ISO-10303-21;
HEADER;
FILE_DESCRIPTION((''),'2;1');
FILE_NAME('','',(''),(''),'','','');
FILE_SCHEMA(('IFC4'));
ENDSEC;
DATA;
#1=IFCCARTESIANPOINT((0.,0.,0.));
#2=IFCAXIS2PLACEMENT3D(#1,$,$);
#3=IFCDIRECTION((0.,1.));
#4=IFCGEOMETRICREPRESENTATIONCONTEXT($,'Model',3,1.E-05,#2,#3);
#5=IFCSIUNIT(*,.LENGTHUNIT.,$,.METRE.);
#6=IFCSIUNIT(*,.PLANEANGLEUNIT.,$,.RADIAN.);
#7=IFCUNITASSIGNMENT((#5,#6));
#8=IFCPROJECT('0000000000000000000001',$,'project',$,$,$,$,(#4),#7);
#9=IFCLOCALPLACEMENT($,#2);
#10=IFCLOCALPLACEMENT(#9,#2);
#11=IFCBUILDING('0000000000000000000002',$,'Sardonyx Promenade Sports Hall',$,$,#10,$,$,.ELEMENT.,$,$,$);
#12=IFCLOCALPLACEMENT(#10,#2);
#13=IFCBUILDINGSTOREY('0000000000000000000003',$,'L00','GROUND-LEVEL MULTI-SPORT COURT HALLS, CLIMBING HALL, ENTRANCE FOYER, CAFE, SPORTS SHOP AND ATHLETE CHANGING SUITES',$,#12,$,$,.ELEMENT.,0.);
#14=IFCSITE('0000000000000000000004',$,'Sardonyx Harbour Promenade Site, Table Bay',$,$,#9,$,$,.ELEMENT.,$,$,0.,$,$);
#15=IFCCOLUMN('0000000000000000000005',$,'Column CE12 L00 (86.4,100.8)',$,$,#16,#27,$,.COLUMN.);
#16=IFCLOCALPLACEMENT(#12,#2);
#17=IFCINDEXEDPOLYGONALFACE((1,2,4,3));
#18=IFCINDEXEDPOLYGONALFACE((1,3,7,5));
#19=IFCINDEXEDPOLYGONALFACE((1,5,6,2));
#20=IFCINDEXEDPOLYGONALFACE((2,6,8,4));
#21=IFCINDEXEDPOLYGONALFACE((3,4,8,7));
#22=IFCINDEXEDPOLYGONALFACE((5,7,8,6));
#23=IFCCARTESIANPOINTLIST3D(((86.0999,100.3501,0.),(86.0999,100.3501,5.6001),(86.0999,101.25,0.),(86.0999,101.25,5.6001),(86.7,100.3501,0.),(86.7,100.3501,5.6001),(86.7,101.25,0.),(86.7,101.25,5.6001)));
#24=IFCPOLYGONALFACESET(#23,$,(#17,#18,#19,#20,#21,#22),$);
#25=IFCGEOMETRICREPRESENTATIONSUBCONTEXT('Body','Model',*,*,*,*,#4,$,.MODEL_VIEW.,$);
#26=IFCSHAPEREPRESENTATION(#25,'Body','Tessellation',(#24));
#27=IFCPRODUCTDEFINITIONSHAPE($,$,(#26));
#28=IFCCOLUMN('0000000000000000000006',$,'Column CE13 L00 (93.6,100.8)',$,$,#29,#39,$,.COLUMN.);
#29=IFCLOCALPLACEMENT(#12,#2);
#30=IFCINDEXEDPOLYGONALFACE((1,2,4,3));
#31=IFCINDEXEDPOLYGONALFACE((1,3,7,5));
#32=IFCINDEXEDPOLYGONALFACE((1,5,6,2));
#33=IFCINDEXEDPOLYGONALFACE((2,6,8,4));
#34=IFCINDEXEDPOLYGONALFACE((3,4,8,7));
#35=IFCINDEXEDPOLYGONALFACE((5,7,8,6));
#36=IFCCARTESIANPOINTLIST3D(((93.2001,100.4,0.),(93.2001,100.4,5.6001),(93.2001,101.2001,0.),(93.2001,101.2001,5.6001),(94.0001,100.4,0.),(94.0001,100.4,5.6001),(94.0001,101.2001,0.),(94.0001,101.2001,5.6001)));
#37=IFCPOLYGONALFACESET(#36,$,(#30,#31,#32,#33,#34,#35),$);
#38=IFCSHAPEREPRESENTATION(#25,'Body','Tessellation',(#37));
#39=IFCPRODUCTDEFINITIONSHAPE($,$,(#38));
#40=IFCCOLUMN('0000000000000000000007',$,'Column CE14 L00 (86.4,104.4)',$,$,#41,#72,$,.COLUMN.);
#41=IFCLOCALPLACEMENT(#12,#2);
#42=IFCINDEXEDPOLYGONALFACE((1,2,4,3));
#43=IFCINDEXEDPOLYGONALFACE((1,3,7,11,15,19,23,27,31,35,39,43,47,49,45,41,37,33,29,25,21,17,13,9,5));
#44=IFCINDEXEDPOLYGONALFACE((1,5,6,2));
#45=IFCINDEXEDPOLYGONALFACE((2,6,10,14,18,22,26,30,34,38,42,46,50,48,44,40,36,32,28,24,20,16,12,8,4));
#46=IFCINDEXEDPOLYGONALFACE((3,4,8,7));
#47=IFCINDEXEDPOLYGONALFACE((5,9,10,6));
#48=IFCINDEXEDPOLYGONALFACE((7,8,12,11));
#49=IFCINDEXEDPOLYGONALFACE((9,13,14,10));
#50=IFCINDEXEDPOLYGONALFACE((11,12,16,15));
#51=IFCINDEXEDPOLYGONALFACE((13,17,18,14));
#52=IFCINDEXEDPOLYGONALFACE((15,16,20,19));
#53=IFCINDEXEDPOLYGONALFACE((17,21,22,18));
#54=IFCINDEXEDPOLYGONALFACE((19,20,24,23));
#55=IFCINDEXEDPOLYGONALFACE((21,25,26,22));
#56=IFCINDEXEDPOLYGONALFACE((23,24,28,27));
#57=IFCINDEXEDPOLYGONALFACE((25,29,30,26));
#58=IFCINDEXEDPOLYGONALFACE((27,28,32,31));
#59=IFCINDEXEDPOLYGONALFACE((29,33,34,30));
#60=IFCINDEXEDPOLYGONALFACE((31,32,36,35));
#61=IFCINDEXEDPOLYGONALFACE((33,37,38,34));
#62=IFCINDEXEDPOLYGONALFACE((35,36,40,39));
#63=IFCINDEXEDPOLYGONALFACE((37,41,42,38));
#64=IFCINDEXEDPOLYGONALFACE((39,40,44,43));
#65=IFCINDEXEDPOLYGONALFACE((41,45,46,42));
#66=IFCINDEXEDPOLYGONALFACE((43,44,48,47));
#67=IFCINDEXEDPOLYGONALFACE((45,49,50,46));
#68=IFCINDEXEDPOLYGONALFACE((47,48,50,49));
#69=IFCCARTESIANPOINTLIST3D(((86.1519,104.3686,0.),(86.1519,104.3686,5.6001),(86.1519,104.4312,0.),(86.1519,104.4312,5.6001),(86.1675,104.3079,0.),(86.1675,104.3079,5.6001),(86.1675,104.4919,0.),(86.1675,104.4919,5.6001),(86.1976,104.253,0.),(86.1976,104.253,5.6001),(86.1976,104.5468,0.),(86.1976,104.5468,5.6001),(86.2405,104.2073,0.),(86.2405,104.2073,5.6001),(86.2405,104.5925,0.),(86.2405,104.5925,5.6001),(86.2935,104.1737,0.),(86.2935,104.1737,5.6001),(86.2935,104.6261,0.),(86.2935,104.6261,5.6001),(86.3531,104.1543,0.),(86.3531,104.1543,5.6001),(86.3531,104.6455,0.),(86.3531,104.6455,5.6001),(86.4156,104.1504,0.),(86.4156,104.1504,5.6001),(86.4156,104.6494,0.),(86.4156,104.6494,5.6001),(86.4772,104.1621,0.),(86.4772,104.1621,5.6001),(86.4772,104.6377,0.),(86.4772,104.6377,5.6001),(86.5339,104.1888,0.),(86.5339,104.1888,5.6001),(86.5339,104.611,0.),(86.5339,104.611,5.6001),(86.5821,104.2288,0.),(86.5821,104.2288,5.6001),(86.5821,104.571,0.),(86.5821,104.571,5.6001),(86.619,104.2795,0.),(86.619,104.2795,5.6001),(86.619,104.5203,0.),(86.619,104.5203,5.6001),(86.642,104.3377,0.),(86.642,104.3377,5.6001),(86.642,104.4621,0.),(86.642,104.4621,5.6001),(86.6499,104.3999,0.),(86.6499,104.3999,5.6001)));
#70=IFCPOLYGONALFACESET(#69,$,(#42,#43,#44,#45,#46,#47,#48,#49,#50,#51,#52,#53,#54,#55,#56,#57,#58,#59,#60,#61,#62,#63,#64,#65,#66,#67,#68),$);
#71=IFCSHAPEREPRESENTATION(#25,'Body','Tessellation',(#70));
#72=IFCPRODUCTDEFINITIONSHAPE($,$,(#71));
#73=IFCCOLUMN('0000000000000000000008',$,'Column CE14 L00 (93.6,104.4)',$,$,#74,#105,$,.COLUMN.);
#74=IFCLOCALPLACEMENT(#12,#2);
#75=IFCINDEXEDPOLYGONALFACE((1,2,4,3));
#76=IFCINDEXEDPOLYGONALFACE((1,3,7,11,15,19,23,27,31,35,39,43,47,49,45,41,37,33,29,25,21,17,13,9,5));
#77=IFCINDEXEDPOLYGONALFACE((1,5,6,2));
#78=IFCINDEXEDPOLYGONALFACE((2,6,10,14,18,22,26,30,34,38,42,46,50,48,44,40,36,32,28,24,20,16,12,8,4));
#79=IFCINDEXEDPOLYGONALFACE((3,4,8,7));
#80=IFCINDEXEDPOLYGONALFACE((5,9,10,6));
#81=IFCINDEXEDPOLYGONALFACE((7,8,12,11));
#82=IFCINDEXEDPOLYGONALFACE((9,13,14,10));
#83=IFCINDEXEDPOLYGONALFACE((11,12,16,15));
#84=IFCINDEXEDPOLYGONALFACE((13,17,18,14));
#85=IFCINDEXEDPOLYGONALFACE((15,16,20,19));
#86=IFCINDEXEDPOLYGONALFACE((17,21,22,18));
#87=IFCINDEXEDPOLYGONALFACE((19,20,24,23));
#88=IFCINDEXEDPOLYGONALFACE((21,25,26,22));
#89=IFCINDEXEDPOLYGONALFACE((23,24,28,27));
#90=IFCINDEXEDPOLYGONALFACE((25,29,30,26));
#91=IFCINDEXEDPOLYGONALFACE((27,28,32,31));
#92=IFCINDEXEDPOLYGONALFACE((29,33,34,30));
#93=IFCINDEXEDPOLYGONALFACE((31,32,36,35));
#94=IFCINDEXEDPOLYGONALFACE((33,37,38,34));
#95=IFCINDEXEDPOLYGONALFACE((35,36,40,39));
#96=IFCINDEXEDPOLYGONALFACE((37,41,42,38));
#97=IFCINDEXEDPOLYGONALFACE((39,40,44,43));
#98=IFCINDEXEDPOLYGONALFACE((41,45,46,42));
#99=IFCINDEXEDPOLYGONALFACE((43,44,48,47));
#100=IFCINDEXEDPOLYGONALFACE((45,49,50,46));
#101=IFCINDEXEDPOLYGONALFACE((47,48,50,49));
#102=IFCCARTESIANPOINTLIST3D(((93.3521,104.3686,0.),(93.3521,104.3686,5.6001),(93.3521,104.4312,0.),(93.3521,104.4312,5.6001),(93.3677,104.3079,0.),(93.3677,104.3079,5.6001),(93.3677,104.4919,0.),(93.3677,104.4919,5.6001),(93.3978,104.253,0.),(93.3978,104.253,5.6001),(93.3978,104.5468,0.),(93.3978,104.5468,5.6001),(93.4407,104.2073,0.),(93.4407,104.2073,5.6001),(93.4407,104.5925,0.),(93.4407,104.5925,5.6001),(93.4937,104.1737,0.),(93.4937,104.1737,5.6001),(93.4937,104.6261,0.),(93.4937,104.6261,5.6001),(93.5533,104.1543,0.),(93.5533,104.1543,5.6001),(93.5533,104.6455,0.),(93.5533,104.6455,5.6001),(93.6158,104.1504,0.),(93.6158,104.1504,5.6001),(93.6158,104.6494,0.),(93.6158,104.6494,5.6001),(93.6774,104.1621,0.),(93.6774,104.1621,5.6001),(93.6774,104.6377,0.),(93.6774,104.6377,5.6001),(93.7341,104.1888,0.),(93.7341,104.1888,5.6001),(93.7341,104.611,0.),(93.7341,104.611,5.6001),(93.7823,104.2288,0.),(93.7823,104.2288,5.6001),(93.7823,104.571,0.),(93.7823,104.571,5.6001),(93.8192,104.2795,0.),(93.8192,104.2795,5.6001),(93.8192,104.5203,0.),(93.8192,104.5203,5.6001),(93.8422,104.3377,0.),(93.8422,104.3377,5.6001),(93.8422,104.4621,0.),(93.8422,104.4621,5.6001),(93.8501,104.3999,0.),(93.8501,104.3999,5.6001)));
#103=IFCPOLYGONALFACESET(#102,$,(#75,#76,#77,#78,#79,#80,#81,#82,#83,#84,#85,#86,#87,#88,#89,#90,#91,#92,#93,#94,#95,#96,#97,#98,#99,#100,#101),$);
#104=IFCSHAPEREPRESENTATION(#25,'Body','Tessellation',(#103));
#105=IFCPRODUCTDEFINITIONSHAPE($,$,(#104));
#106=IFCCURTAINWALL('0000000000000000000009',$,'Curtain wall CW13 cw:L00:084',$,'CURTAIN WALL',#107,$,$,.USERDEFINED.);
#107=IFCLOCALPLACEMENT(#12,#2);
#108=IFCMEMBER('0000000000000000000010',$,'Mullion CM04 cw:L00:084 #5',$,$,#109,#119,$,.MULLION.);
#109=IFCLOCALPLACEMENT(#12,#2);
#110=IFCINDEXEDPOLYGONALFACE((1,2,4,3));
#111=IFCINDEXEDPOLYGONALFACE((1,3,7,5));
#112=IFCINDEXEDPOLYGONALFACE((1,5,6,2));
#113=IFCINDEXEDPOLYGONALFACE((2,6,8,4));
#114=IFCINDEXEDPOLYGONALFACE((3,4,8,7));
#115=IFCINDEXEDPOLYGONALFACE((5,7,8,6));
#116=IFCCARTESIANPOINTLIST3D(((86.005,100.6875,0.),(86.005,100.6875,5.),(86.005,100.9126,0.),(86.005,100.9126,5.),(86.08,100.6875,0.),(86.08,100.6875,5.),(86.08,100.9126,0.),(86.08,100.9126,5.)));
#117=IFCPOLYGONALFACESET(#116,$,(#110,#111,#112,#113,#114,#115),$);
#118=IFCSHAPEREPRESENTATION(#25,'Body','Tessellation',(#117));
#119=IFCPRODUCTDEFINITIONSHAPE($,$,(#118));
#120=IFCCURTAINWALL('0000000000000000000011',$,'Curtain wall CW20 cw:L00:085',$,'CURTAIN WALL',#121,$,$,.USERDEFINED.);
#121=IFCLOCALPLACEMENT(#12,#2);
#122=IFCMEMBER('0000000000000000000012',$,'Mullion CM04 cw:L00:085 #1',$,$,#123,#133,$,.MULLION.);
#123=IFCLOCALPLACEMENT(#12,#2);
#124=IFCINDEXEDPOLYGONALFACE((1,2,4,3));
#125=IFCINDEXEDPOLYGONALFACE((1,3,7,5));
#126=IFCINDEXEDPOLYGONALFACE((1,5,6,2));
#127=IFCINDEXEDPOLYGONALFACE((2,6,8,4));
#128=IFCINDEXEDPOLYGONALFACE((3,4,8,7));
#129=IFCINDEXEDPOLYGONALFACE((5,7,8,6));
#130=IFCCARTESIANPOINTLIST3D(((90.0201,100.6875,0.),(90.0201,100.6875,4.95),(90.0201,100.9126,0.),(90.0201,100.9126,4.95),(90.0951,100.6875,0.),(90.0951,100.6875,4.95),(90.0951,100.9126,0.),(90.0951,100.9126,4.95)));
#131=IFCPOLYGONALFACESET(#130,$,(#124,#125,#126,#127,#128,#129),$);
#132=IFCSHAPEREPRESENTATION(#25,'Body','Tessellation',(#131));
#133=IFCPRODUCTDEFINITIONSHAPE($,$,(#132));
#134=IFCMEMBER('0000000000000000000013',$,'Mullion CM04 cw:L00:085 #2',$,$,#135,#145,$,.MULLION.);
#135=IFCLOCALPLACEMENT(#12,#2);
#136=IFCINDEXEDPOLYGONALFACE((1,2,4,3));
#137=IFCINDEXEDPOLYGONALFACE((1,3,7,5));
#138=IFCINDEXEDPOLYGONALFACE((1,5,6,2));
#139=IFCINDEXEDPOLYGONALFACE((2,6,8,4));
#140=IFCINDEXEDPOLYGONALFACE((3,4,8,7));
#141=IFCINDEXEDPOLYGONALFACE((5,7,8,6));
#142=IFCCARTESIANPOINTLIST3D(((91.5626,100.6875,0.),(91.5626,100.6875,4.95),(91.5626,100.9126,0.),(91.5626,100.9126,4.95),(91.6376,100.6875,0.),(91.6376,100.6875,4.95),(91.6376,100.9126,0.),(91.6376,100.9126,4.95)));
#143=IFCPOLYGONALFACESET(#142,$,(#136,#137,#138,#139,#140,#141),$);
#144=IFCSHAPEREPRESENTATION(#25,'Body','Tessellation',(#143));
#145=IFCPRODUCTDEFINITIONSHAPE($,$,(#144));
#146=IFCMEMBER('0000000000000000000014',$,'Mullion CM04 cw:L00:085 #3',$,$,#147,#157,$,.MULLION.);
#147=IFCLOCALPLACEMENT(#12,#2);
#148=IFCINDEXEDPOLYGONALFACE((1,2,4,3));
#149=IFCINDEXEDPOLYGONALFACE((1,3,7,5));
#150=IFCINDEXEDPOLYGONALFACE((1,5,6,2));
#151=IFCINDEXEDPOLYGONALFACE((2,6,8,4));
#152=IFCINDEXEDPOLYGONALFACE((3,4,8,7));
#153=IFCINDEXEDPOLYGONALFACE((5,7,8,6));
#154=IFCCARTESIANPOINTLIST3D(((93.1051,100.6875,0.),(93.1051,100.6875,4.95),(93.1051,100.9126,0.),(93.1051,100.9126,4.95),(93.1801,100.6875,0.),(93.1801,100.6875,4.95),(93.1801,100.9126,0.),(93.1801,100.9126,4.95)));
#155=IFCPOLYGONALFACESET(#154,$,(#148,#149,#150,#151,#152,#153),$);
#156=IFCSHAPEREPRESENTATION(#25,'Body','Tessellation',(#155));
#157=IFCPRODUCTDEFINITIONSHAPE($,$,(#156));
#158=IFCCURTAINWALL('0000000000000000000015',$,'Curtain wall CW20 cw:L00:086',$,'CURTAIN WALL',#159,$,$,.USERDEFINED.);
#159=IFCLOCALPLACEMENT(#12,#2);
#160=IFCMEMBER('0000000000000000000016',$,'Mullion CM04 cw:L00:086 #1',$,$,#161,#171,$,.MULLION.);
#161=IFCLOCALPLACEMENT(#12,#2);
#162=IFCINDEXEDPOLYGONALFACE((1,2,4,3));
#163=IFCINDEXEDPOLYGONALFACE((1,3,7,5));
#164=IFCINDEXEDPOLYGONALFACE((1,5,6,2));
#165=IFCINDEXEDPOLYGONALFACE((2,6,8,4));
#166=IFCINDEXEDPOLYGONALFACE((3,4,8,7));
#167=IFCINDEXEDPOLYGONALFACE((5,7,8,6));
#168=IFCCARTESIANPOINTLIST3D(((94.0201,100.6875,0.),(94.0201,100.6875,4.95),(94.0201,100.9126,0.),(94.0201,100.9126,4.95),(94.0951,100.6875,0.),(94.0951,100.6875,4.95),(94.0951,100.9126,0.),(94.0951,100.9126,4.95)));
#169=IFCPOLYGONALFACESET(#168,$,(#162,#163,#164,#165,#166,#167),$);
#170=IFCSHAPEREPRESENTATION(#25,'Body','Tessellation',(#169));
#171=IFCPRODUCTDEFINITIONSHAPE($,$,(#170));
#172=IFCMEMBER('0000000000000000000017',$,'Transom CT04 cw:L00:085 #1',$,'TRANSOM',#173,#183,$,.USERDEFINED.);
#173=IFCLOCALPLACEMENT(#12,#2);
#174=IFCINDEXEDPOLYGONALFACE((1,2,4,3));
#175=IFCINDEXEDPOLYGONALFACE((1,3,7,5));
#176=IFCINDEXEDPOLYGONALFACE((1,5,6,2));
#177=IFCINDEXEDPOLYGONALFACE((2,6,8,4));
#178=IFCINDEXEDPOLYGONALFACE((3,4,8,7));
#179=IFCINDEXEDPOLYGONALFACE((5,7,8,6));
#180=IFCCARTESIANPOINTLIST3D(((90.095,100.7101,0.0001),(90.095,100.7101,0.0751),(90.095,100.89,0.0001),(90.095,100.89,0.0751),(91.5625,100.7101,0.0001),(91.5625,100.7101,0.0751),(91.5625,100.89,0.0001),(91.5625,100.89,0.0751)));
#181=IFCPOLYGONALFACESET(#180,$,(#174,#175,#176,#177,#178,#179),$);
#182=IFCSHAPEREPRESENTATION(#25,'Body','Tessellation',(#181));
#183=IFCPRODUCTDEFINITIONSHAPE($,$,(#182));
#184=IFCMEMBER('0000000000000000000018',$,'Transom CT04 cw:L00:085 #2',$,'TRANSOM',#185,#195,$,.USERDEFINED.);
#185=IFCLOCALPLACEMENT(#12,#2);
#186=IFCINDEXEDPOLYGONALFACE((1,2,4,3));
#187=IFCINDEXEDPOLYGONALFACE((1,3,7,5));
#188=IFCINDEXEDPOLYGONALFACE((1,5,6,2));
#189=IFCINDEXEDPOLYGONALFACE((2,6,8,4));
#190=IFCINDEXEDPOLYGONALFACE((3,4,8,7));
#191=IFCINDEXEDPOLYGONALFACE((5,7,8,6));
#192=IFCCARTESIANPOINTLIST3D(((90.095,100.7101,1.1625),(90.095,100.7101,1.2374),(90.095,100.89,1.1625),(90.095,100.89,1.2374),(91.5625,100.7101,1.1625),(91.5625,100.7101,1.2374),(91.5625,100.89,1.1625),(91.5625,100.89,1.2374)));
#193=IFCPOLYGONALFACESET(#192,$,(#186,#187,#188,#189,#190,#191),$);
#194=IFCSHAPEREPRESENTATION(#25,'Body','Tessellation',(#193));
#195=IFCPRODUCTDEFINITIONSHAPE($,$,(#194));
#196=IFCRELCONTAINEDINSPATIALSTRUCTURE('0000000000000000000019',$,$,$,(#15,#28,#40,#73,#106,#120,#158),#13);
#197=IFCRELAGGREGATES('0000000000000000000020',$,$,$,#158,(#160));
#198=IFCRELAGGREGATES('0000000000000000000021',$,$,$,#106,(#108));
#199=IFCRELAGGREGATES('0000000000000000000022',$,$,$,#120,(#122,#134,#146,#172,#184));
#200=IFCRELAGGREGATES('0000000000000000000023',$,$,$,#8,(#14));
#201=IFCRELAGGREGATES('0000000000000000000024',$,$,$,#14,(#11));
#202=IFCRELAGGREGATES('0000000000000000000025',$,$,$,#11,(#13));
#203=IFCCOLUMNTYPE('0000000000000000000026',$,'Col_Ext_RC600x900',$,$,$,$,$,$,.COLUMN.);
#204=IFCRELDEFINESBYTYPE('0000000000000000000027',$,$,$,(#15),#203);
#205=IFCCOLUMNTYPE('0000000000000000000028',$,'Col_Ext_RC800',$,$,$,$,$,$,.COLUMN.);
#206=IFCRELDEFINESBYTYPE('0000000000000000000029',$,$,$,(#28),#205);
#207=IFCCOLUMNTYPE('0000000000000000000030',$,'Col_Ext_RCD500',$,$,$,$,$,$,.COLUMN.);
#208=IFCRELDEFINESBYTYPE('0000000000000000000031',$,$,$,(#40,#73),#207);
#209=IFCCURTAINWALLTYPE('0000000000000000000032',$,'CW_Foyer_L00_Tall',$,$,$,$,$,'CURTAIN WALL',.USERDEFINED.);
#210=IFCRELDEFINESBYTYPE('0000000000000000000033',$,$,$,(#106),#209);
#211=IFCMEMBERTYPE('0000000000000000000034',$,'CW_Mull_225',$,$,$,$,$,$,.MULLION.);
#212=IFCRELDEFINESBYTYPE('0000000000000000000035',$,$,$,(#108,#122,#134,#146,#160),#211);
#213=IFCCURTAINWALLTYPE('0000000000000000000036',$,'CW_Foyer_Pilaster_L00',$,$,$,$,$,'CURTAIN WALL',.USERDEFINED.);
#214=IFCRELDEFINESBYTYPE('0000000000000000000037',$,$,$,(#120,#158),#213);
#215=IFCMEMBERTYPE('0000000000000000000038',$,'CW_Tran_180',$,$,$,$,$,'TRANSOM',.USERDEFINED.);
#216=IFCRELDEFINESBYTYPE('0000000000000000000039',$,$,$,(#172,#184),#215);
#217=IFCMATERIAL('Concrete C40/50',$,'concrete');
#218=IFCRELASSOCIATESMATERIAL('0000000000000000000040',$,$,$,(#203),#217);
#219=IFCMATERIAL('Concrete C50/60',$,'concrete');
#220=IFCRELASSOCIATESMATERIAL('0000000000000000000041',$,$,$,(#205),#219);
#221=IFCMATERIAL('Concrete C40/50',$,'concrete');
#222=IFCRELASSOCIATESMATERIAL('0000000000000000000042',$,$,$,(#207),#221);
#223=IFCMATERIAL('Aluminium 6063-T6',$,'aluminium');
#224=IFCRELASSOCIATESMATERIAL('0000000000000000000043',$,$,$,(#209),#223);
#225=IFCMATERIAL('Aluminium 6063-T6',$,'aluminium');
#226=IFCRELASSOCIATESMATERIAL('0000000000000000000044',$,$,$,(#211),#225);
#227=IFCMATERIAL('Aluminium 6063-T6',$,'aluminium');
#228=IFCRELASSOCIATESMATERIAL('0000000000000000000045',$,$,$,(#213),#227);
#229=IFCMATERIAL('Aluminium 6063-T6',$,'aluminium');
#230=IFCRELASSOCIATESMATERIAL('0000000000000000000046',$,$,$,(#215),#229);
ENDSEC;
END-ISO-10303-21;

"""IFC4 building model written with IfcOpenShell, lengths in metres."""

from ifc_helpers import new_model, si_unit, direction, frame, origin, origin_2d, place, context, subcontext, project, spatial, rectangle, circle, extrude, material, material_profile, profile_set, type_object, element, aggregate, save


model = new_model("IFC4")

# Units and contexts
model_context = context("Model", 3, precision=1e-05, world=origin(), true_north=direction((0.0, 1.0)))
body_context = subcontext(model_context, "Body", "Model", "MODEL_VIEW")
ifc_project = project(units=[si_unit("LENGTHUNIT", "METRE"), si_unit("PLANEANGLEUNIT", "RADIAN")], contexts=[model_context])

# Site, building, storey
site_placement = place(None, origin())
site = spatial("IfcSite", under=ifc_project, at=site_placement, Name="Sardonyx Harbour Promenade Site, Table Bay", CompositionType="ELEMENT", RefElevation=0.0)
building_placement = place(site_placement, origin())
building = spatial("IfcBuilding", under=site, at=building_placement, Name="Sardonyx Promenade Sports Hall", CompositionType="ELEMENT")
storey_placement = place(building_placement, origin())
storey = spatial("IfcBuildingStorey", under=building, at=storey_placement, Name="L00", Description="GROUND-LEVEL MULTI-SPORT COURT HALLS, CLIMBING HALL, ENTRANCE FOYER, CAFE, SPORTS SHOP AND ATHLETE CHANGING SUITES", CompositionType="ELEMENT", Elevation=0.0)

# Columns
ifc_material_1 = material(Name="Concrete C40/50", Category="concrete")
ifc_material_profile_1 = material_profile(ifc_material_1, rectangle(XDim=0.6001, YDim=0.8999, at=origin_2d()))
ifc_profile_set_1 = profile_set([ifc_material_profile_1], Name="Concrete C40/50")
column_type_1 = type_object("IfcColumnType", Name="Col_Ext_RC600x900", PredefinedType="COLUMN", material=ifc_profile_set_1)
column_1_placement = place(storey_placement, frame((86.3999, 100.8, 0.0), z_axis=(0.0, 0.0, 1.0), x_axis=(1.0, 0.0, 0.0)))
element("IfcColumn", 1, at=column_1_placement, inside=storey, type_object=column_type_1, Name="Column CE12 L00 (86.4,100.8)", PredefinedType="COLUMN", context=body_context, shape_type="SweptSolid", body=[
    extrude(rectangle(XDim=0.6001, YDim=0.8999, at=origin_2d()), origin(), (0.0, 0.0, 1.0), 5.6001),
])
ifc_material_2 = material(Name="Concrete C50/60", Category="concrete")
ifc_material_profile_2 = material_profile(ifc_material_2, rectangle(XDim=0.8, YDim=0.8, at=origin_2d()))
ifc_profile_set_2 = profile_set([ifc_material_profile_2], Name="Concrete C50/60")
column_type_2 = type_object("IfcColumnType", Name="Col_Ext_RC800", PredefinedType="COLUMN", material=ifc_profile_set_2)
column_2_placement = place(storey_placement, frame((93.6001, 100.8, 0.0), z_axis=(0.0, 0.0, 1.0), x_axis=(1.0, 0.0, 0.0)))
element("IfcColumn", 2, at=column_2_placement, inside=storey, type_object=column_type_2, Name="Column CE13 L00 (93.6,100.8)", PredefinedType="COLUMN", context=body_context, shape_type="SweptSolid", body=[
    extrude(rectangle(XDim=0.8, YDim=0.8, at=origin_2d()), origin(), (0.0, 0.0, 1.0), 5.6001),
])
ifc_material_3 = material(Name="Concrete C40/50", Category="concrete")
ifc_material_profile_3 = material_profile(ifc_material_3, circle(Radius=0.25, at=origin_2d()))
ifc_profile_set_3 = profile_set([ifc_material_profile_3], Name="Concrete C40/50")
column_type_3 = type_object("IfcColumnType", Name="Col_Ext_RCD500", PredefinedType="COLUMN", material=ifc_profile_set_3)
for number, where, z_axis, x_axis, name in (
    (3, (86.3999, 104.3999, 0.0), (0.0, 0.0, 1.0), (1.0, 0.0, 0.0), "Column CE14 L00 (86.4,104.4)"),
    (4, (93.6001, 104.3999, 0.0), (0.0, 0.0, 1.0), (1.0, 0.0, 0.0), "Column CE14 L00 (93.6,104.4)"),
):
    element("IfcColumn", number, at=place(storey_placement, frame(where, z_axis=z_axis, x_axis=x_axis)), inside=storey, type_object=column_type_3, Name=name, PredefinedType="COLUMN", context=body_context, shape_type="SweptSolid", body=[
        extrude(circle(Radius=0.25, at=origin_2d()), origin(), (0.0, 0.0, 1.0), 5.6001),
    ])

# Curtain wall, member
ifc_material_4 = material(Name="Aluminium 6063-T6", Category="aluminium")
curtain_wall_type_1 = type_object("IfcCurtainWallType", Name="CW_Foyer_L00_Tall", ElementType="CURTAIN WALL", PredefinedType="USERDEFINED", material=ifc_material_4)
curtain_wall_1_placement = place(storey_placement, origin())
curtain_wall_1 = element("IfcCurtainWall", 5, at=curtain_wall_1_placement, inside=storey, type_object=curtain_wall_type_1, Name="Curtain wall CW13 cw:L00:084", ObjectType="CURTAIN WALL", PredefinedType="USERDEFINED")
ifc_material_5 = material(Name="Aluminium 6063-T6", Category="aluminium")
ifc_material_profile_4 = material_profile(ifc_material_5, rectangle(XDim=0.075, YDim=0.2251, at=origin_2d()))
ifc_profile_set_4 = profile_set([ifc_material_profile_4], Name="Aluminium 6063-T6")
member_type_1 = type_object("IfcMemberType", Name="CW_Mull_225", PredefinedType="MULLION", material=ifc_profile_set_4)
member_1_placement = place(storey_placement, frame((86.0425, 100.8, 0.0), z_axis=(0.0, 0.0, 1.0), x_axis=(1.0, 0.0, 0.0)))
member_1 = element("IfcMember", 6, at=member_1_placement, type_object=member_type_1, Name="Mullion CM04 cw:L00:084 #5", PredefinedType="MULLION", context=body_context, shape_type="SweptSolid", body=[
    extrude(rectangle(XDim=0.075, YDim=0.2251, at=origin_2d()), origin(), (0.0, 0.0, 1.0), 5.0),
])

# Curtain wall, members
ifc_material_6 = material(Name="Aluminium 6063-T6", Category="aluminium")
curtain_wall_type_2 = type_object("IfcCurtainWallType", Name="CW_Foyer_Pilaster_L00", ElementType="CURTAIN WALL", PredefinedType="USERDEFINED", material=ifc_material_6)
curtain_wall_2_placement = place(storey_placement, origin())
curtain_wall_2 = element("IfcCurtainWall", 7, at=curtain_wall_2_placement, inside=storey, type_object=curtain_wall_type_2, Name="Curtain wall CW20 cw:L00:085", ObjectType="CURTAIN WALL", PredefinedType="USERDEFINED")
member_2_placement = place(storey_placement, frame((90.0576, 100.8, 0.0), z_axis=(0.0, 0.0, 1.0), x_axis=(1.0, 0.0, 0.0)))
member_2 = element("IfcMember", 8, at=member_2_placement, type_object=member_type_1, Name="Mullion CM04 cw:L00:085 #1", PredefinedType="MULLION", context=body_context, shape_type="SweptSolid", body=[
    extrude(rectangle(XDim=0.075, YDim=0.2251, at=origin_2d()), origin(), (0.0, 0.0, 1.0), 4.95),
])
member_3_placement = place(storey_placement, frame((91.6001, 100.8, 0.0), z_axis=(0.0, 0.0, 1.0), x_axis=(1.0, 0.0, 0.0)))
member_3 = element("IfcMember", 9, at=member_3_placement, type_object=member_type_1, Name="Mullion CM04 cw:L00:085 #2", PredefinedType="MULLION", context=body_context, shape_type="SweptSolid", body=[
    extrude(rectangle(XDim=0.075, YDim=0.2251, at=origin_2d()), origin(), (0.0, 0.0, 1.0), 4.95),
])
member_4_placement = place(storey_placement, frame((93.1426, 100.8, 0.0), z_axis=(0.0, 0.0, 1.0), x_axis=(1.0, 0.0, 0.0)))
member_4 = element("IfcMember", 10, at=member_4_placement, type_object=member_type_1, Name="Mullion CM04 cw:L00:085 #3", PredefinedType="MULLION", context=body_context, shape_type="SweptSolid", body=[
    extrude(rectangle(XDim=0.075, YDim=0.2251, at=origin_2d()), origin(), (0.0, 0.0, 1.0), 4.95),
])

# Curtain wall, member
curtain_wall_3_placement = place(storey_placement, origin())
curtain_wall_3 = element("IfcCurtainWall", 11, at=curtain_wall_3_placement, inside=storey, type_object=curtain_wall_type_2, Name="Curtain wall CW20 cw:L00:086", ObjectType="CURTAIN WALL", PredefinedType="USERDEFINED")
member_5_placement = place(storey_placement, frame((94.0576, 100.8, 0.0), z_axis=(0.0, 0.0, 1.0), x_axis=(1.0, 0.0, 0.0)))
member_5 = element("IfcMember", 12, at=member_5_placement, type_object=member_type_1, Name="Mullion CM04 cw:L00:086 #1", PredefinedType="MULLION", context=body_context, shape_type="SweptSolid", body=[
    extrude(rectangle(XDim=0.075, YDim=0.2251, at=origin_2d()), origin(), (0.0, 0.0, 1.0), 4.95),
])
aggregate(curtain_wall_3, [member_5])

# Members
ifc_material_7 = material(Name="Aluminium 6063-T6", Category="aluminium")
ifc_material_profile_5 = material_profile(ifc_material_7, rectangle(XDim=0.075, YDim=0.1799, at=origin_2d()))
ifc_profile_set_5 = profile_set([ifc_material_profile_5], Name="Aluminium 6063-T6")
member_type_2 = type_object("IfcMemberType", Name="CW_Tran_180", ElementType="TRANSOM", PredefinedType="USERDEFINED", material=ifc_profile_set_5)
member_6_placement = place(storey_placement, frame((90.095, 100.8, 0.0376), z_axis=(1.0, 0.0, 0.0), x_axis=(0.0, 0.0, 1.0)))
member_6 = element("IfcMember", 13, at=member_6_placement, type_object=member_type_2, Name="Transom CT04 cw:L00:085 #1", ObjectType="TRANSOM", PredefinedType="USERDEFINED", context=body_context, shape_type="SweptSolid", body=[
    extrude(rectangle(XDim=0.075, YDim=0.1799, at=origin_2d()), origin(), (0.0, 0.0, 1.0), 1.4675),
])
member_7_placement = place(storey_placement, frame((90.095, 100.8, 1.2), z_axis=(1.0, 0.0, 0.0), x_axis=(0.0, 0.0, 1.0)))
member_7 = element("IfcMember", 14, at=member_7_placement, type_object=member_type_2, Name="Transom CT04 cw:L00:085 #2", ObjectType="TRANSOM", PredefinedType="USERDEFINED", context=body_context, shape_type="SweptSolid", body=[
    extrude(rectangle(XDim=0.075, YDim=0.1799, at=origin_2d()), origin(), (0.0, 0.0, 1.0), 1.4675),
])

aggregate(curtain_wall_1, [member_1])
aggregate(curtain_wall_2, [member_2, member_3, member_4, member_6, member_7])

save(model, "model.ifc")
